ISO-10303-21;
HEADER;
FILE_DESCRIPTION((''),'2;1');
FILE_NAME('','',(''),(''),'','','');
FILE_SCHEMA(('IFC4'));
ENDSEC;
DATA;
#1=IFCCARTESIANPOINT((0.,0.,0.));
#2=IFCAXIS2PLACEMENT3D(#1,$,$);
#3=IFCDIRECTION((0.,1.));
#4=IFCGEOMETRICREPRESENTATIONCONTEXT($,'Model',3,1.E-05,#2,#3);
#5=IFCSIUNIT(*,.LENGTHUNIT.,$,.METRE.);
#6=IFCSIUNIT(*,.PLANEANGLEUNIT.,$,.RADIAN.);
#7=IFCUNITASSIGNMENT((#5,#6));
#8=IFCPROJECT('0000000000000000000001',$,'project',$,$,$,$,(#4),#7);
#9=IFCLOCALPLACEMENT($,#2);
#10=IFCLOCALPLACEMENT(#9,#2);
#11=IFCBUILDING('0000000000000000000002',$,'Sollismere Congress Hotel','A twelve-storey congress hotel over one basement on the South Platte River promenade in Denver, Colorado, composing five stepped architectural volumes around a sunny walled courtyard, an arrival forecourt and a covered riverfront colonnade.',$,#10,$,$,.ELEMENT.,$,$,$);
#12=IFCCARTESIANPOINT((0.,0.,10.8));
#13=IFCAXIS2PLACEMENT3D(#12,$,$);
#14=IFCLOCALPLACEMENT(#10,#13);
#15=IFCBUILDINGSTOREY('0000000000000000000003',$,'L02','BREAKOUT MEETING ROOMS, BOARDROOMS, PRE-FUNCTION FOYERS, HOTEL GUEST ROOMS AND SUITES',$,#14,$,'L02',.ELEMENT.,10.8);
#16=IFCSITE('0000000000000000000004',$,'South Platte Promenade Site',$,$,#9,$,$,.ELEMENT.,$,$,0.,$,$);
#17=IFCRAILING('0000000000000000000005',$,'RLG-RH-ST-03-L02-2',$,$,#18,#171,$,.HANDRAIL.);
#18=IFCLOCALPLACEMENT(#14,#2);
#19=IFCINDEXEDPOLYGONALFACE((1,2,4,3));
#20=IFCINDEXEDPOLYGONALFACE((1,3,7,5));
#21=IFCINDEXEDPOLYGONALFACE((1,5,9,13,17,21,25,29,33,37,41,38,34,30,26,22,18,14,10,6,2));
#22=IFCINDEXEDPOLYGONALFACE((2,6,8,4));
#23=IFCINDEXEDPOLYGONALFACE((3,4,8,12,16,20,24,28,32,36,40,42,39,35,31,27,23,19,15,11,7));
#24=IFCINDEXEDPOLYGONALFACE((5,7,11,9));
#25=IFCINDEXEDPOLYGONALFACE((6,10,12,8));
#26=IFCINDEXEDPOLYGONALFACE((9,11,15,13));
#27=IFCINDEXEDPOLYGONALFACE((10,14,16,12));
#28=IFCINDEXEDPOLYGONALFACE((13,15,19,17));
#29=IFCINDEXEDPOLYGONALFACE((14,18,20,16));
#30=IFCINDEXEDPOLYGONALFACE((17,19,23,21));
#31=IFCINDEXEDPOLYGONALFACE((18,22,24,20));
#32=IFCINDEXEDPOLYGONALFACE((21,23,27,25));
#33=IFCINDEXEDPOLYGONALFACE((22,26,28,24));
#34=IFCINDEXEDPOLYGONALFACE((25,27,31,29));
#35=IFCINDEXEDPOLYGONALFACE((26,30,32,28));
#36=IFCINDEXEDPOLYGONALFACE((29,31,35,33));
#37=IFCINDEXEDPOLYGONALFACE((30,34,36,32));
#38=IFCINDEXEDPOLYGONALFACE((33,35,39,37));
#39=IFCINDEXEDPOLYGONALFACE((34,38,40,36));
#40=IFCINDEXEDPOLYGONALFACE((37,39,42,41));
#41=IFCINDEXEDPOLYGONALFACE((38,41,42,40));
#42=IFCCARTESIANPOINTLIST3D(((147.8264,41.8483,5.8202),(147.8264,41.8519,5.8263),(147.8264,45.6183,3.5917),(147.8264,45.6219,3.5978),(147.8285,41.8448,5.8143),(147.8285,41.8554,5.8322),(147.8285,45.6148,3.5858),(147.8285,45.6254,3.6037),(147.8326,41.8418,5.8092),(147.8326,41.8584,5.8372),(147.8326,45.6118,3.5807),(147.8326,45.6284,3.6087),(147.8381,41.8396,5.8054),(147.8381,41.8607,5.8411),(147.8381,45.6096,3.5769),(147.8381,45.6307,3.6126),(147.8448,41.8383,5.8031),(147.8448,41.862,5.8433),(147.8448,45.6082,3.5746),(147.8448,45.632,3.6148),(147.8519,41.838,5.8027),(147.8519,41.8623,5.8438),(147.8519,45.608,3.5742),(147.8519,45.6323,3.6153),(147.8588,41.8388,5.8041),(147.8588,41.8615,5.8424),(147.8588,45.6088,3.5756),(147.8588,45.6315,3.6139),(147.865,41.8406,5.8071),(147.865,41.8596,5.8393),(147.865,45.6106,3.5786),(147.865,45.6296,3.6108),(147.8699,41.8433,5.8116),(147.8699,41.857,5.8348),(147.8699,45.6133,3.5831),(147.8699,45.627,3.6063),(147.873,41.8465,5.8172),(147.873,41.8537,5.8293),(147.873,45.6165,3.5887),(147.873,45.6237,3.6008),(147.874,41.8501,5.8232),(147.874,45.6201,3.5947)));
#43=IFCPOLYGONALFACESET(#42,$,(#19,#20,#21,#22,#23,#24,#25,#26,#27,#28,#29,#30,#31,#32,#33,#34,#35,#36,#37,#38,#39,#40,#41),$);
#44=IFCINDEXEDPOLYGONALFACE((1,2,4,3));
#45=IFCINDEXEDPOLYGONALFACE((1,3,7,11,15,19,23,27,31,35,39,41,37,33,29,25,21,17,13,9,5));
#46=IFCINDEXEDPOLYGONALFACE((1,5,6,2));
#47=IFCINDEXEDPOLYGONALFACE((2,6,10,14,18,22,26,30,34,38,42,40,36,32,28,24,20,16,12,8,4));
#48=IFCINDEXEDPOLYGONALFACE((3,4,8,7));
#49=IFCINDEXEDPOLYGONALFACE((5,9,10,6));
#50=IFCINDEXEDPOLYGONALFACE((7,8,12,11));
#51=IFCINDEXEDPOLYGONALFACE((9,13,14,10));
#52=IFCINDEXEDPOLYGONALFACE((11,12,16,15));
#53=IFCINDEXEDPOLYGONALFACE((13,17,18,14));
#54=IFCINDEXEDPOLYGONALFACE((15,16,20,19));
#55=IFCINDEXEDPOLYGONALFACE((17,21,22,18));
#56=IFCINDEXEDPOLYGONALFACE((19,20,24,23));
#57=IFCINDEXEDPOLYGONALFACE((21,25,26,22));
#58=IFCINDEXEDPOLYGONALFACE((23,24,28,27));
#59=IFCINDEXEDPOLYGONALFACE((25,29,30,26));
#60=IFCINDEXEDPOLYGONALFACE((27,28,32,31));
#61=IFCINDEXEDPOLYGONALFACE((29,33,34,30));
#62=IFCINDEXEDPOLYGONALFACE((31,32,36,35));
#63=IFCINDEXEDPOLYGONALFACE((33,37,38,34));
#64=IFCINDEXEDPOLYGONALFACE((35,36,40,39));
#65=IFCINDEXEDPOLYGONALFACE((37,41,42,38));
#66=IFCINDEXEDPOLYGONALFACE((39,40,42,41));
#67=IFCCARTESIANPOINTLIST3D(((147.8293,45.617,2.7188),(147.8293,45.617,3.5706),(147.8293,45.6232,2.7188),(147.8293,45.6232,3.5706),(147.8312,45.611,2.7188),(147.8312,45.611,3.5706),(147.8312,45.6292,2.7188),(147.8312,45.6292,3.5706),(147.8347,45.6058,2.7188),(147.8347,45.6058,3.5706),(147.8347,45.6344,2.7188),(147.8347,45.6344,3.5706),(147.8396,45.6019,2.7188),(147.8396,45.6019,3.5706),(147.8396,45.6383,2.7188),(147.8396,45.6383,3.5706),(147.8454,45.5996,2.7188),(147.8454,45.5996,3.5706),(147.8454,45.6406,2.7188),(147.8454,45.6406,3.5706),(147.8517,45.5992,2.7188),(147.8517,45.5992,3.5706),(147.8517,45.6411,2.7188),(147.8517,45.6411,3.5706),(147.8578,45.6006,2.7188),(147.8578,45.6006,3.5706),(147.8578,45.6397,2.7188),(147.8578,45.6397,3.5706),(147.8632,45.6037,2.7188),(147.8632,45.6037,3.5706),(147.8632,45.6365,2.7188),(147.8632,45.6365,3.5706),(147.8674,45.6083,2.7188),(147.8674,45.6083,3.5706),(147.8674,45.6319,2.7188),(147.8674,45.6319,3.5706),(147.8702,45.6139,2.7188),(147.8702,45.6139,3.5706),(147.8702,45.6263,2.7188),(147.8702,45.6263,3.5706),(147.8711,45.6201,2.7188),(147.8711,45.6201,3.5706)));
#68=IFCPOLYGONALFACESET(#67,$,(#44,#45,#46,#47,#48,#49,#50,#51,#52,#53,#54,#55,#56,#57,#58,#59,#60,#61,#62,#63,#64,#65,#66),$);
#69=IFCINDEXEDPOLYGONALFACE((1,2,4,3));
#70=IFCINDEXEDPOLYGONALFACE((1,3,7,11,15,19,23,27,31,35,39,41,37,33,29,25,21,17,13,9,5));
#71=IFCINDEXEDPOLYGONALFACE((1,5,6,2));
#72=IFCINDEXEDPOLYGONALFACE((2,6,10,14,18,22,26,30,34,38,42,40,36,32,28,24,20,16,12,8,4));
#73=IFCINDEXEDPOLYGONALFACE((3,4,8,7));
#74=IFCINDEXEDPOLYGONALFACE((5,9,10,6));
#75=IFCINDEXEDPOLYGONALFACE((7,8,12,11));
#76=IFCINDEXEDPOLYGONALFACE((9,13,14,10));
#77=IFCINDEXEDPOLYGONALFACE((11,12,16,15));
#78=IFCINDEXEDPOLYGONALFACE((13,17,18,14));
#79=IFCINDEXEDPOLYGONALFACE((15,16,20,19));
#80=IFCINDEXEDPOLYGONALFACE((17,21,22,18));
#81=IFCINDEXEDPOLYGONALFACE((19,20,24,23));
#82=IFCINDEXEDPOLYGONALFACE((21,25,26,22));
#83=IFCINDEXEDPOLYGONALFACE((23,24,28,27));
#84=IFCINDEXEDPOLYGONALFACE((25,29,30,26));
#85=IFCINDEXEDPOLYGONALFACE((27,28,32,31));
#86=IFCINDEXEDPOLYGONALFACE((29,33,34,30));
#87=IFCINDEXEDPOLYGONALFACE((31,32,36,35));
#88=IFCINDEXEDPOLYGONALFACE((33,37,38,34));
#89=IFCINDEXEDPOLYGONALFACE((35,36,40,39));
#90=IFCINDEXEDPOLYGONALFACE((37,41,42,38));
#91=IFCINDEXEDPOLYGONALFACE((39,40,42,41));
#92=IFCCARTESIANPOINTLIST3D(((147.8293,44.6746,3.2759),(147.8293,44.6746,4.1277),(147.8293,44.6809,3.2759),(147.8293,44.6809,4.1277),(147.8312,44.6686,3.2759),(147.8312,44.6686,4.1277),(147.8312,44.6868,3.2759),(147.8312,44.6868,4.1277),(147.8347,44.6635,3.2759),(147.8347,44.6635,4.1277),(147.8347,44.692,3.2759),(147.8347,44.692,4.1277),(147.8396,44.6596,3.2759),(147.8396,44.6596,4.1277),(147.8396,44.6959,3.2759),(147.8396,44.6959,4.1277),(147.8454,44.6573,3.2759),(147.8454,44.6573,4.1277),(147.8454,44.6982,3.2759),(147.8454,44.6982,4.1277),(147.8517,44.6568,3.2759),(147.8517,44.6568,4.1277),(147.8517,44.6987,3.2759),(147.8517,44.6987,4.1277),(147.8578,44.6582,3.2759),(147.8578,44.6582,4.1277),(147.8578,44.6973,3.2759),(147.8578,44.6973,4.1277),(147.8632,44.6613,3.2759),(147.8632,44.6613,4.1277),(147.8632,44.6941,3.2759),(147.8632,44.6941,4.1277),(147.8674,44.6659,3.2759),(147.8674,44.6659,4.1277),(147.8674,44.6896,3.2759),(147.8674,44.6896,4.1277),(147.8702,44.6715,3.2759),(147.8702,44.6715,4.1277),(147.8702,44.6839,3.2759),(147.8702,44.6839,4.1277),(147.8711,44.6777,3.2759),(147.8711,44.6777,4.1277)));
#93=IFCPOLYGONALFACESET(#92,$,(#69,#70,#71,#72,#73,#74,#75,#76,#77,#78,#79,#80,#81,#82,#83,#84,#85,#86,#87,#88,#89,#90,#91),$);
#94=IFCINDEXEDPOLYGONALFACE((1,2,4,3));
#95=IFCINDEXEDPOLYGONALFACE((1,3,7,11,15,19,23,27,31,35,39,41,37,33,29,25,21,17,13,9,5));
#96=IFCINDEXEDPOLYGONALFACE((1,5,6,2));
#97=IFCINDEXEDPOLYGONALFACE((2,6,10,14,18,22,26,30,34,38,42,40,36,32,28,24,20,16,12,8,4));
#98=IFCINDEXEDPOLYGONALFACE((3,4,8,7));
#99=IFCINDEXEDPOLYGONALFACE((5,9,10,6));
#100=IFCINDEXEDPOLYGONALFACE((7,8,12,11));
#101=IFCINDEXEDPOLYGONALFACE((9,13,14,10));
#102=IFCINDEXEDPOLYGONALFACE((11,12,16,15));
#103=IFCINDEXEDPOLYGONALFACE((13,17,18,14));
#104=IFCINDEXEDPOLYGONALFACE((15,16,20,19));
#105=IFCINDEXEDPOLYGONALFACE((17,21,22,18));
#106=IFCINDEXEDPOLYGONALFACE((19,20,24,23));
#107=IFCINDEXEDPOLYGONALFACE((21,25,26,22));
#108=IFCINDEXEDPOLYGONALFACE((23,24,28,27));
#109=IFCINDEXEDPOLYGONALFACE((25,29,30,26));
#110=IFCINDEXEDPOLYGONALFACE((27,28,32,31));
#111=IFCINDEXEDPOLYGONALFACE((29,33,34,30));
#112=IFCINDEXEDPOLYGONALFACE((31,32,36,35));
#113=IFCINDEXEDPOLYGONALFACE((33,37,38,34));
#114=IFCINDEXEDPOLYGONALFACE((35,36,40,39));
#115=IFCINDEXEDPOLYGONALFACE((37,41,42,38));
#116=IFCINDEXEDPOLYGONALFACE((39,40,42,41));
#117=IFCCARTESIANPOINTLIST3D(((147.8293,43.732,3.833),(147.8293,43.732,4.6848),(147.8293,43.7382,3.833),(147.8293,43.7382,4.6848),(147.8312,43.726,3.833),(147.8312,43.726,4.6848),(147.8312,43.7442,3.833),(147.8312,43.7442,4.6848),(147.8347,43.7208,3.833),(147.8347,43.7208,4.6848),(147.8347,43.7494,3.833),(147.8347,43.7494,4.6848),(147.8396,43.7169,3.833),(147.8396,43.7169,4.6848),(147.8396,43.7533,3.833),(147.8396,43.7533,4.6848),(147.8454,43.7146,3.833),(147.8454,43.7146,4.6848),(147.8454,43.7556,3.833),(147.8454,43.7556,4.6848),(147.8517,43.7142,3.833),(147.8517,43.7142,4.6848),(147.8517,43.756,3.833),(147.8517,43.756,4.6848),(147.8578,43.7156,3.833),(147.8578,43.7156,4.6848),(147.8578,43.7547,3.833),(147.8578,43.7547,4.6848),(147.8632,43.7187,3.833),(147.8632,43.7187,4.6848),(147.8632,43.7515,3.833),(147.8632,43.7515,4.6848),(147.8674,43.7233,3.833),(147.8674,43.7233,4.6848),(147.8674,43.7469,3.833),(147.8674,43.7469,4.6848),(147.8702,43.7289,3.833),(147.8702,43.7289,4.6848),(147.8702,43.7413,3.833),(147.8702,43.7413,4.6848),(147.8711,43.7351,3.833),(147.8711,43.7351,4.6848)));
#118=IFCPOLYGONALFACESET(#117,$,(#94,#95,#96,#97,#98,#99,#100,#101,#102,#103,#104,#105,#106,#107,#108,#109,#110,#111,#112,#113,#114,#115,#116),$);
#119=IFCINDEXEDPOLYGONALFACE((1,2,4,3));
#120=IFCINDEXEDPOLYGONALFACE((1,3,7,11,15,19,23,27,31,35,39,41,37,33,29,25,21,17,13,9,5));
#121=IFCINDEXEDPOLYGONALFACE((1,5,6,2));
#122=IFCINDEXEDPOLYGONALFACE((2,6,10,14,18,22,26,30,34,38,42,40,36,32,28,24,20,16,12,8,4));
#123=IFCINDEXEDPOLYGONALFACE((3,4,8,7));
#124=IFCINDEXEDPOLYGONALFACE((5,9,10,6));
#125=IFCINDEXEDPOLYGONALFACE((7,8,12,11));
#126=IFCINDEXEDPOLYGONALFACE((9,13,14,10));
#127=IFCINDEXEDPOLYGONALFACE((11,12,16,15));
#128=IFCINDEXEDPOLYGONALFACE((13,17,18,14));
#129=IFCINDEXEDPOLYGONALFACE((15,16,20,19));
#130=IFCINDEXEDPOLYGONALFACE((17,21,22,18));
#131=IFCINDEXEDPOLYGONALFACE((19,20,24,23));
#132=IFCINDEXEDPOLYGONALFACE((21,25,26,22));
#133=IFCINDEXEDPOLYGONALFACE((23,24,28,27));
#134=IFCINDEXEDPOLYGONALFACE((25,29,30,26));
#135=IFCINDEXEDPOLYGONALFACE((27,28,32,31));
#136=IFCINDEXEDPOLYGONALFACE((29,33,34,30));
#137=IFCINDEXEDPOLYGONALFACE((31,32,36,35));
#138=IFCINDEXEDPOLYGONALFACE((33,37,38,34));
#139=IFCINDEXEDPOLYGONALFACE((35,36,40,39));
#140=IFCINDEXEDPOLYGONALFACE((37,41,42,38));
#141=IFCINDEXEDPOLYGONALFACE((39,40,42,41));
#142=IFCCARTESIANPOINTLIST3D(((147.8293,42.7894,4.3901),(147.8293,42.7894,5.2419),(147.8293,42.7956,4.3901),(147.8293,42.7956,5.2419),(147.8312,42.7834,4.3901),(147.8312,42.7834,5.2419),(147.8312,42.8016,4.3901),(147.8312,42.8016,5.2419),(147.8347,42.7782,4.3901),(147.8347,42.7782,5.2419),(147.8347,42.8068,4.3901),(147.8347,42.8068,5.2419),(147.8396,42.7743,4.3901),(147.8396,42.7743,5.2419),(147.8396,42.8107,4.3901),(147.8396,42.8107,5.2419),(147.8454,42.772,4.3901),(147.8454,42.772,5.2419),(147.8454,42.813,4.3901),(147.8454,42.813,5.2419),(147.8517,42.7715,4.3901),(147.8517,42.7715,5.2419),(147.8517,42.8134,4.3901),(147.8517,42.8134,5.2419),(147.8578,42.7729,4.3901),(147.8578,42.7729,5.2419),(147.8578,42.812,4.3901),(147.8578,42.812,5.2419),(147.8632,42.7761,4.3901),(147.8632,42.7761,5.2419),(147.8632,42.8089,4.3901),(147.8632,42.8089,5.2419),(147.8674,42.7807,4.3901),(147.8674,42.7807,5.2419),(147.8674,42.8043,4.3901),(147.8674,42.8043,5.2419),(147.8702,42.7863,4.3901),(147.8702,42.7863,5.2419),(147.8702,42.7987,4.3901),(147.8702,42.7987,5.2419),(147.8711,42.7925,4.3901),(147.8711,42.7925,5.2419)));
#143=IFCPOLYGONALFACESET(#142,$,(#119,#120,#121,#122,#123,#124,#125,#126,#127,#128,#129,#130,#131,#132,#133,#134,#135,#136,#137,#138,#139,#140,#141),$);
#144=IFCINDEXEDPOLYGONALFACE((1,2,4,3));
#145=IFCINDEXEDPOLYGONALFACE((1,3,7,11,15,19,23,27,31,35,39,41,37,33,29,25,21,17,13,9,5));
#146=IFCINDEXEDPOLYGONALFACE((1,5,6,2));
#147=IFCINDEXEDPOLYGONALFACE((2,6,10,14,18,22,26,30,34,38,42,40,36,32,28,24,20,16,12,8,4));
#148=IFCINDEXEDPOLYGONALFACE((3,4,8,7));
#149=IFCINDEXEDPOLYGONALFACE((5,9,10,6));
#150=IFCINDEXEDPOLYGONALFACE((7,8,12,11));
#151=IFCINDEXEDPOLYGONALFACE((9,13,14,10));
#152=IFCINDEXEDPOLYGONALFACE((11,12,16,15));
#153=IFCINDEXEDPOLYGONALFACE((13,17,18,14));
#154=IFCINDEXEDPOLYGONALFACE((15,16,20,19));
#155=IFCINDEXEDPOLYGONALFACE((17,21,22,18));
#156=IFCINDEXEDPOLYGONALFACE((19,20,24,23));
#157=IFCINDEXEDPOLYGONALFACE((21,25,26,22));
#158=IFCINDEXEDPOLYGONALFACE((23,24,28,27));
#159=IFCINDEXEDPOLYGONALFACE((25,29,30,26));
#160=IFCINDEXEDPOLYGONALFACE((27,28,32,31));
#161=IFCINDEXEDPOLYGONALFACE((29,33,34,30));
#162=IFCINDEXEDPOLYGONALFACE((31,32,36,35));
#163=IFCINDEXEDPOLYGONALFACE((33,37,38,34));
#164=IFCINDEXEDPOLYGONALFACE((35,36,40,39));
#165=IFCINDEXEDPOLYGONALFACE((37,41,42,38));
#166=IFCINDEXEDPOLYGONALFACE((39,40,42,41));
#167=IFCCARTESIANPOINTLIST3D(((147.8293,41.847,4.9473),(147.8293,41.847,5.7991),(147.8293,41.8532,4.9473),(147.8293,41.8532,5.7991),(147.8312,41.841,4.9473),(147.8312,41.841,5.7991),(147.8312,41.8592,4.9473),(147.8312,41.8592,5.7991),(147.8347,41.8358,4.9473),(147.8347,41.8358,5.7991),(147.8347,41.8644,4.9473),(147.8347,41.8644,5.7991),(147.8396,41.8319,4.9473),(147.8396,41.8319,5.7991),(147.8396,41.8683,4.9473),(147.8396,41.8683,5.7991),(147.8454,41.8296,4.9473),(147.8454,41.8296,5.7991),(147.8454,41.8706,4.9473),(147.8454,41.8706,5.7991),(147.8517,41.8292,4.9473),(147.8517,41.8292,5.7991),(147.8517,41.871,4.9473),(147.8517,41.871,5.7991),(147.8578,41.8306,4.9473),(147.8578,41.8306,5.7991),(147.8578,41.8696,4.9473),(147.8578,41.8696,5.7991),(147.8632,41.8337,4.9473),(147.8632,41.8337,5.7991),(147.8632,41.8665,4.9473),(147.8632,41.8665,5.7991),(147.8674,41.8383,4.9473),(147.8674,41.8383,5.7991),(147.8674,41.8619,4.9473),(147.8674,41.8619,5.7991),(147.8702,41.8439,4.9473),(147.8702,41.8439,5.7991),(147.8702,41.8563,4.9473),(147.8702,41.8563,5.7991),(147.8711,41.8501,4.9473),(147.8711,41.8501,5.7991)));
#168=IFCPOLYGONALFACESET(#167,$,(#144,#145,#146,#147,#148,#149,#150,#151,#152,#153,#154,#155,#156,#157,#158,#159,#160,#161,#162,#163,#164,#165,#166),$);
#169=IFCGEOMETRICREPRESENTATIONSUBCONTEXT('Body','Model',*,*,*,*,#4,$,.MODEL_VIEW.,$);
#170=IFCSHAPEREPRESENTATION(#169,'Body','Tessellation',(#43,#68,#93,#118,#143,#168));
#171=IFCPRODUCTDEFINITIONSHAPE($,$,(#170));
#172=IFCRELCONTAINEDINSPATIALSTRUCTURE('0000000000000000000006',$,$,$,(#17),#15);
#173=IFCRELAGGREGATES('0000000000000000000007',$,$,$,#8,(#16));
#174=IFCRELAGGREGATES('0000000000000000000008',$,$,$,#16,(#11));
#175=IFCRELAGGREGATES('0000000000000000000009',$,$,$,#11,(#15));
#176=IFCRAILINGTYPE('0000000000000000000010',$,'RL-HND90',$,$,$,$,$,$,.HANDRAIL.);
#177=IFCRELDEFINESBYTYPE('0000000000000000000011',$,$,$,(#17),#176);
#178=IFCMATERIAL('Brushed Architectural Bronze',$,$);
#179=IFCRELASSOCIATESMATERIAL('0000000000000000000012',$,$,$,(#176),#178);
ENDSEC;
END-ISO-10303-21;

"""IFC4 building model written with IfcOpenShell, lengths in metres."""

from ifc_helpers import new_model, si_unit, direction, frame, origin, origin_2d, place, context, subcontext, project, spatial, circle, extrude, material, type_object, element, save


model = new_model("IFC4")

# Units and contexts
model_context = context("Model", 3, precision=1e-05, world=origin(), true_north=direction((0.0, 1.0)))
body_context = subcontext(model_context, "Body", "Model", "MODEL_VIEW")
ifc_project = project(units=[si_unit("LENGTHUNIT", "METRE"), si_unit("PLANEANGLEUNIT", "RADIAN")], contexts=[model_context])

# Site, building, storey
site_placement = place(None, origin())
site = spatial("IfcSite", under=ifc_project, at=site_placement, Name="South Platte Promenade Site", CompositionType="ELEMENT", RefElevation=0.0)
building_placement = place(site_placement, origin())
building = spatial("IfcBuilding", under=site, at=building_placement, Name="Sollismere Congress Hotel", Description="A twelve-storey congress hotel over one basement on the South Platte River promenade in Denver, Colorado, composing five stepped architectural volumes around a sunny walled courtyard, an arrival forecourt and a covered riverfront colonnade.", CompositionType="ELEMENT")
storey_placement = place(building_placement, frame((0.0, 0.0, 10.8)))
storey = spatial("IfcBuildingStorey", under=building, at=storey_placement, Name="L02", Description="BREAKOUT MEETING ROOMS, BOARDROOMS, PRE-FUNCTION FOYERS, HOTEL GUEST ROOMS AND SUITES", LongName="L02", CompositionType="ELEMENT", Elevation=10.8)

# Railing
ifc_material_1 = material(Name="Brushed Architectural Bronze")
railing_type_1 = type_object("IfcRailingType", Name="RL-HND90", PredefinedType="HANDRAIL", material=ifc_material_1)
railing_1_placement = place(storey_placement, frame((147.8501, 45.6201, 2.7188)))
element("IfcRailing", 1, at=railing_1_placement, inside=storey, type_object=railing_type_1, Name="RLG-RH-ST-03-L02-2", PredefinedType="HANDRAIL", context=body_context, shape_type="SweptSolid", body=[
    extrude(circle(Radius=0.0239, at=origin_2d()), frame((0.0, 0.0, 0.876), z_axis=(0.0, -0.860849, 0.508861), x_axis=(1.0, 0.0, 0.0)), (0.0, 0.0, 1.0), 4.3794),
    extrude(circle(Radius=0.021, at=origin_2d()), origin(), (0.0, 0.0, 1.0), 0.8518),
    extrude(circle(Radius=0.021, at=origin_2d()), frame((0.0, -0.9424, 0.5571)), (0.0, 0.0, 1.0), 0.8518),
    extrude(circle(Radius=0.021, at=origin_2d()), frame((0.0, -1.885, 1.1143)), (0.0, 0.0, 1.0), 0.8518),
    extrude(circle(Radius=0.021, at=origin_2d()), frame((0.0, -2.8276, 1.6714)), (0.0, 0.0, 1.0), 0.8518),
    extrude(circle(Radius=0.021, at=origin_2d()), frame((0.0, -3.77, 2.2285)), (0.0, 0.0, 1.0), 0.8518),
])

save(model, "model.ifc")
